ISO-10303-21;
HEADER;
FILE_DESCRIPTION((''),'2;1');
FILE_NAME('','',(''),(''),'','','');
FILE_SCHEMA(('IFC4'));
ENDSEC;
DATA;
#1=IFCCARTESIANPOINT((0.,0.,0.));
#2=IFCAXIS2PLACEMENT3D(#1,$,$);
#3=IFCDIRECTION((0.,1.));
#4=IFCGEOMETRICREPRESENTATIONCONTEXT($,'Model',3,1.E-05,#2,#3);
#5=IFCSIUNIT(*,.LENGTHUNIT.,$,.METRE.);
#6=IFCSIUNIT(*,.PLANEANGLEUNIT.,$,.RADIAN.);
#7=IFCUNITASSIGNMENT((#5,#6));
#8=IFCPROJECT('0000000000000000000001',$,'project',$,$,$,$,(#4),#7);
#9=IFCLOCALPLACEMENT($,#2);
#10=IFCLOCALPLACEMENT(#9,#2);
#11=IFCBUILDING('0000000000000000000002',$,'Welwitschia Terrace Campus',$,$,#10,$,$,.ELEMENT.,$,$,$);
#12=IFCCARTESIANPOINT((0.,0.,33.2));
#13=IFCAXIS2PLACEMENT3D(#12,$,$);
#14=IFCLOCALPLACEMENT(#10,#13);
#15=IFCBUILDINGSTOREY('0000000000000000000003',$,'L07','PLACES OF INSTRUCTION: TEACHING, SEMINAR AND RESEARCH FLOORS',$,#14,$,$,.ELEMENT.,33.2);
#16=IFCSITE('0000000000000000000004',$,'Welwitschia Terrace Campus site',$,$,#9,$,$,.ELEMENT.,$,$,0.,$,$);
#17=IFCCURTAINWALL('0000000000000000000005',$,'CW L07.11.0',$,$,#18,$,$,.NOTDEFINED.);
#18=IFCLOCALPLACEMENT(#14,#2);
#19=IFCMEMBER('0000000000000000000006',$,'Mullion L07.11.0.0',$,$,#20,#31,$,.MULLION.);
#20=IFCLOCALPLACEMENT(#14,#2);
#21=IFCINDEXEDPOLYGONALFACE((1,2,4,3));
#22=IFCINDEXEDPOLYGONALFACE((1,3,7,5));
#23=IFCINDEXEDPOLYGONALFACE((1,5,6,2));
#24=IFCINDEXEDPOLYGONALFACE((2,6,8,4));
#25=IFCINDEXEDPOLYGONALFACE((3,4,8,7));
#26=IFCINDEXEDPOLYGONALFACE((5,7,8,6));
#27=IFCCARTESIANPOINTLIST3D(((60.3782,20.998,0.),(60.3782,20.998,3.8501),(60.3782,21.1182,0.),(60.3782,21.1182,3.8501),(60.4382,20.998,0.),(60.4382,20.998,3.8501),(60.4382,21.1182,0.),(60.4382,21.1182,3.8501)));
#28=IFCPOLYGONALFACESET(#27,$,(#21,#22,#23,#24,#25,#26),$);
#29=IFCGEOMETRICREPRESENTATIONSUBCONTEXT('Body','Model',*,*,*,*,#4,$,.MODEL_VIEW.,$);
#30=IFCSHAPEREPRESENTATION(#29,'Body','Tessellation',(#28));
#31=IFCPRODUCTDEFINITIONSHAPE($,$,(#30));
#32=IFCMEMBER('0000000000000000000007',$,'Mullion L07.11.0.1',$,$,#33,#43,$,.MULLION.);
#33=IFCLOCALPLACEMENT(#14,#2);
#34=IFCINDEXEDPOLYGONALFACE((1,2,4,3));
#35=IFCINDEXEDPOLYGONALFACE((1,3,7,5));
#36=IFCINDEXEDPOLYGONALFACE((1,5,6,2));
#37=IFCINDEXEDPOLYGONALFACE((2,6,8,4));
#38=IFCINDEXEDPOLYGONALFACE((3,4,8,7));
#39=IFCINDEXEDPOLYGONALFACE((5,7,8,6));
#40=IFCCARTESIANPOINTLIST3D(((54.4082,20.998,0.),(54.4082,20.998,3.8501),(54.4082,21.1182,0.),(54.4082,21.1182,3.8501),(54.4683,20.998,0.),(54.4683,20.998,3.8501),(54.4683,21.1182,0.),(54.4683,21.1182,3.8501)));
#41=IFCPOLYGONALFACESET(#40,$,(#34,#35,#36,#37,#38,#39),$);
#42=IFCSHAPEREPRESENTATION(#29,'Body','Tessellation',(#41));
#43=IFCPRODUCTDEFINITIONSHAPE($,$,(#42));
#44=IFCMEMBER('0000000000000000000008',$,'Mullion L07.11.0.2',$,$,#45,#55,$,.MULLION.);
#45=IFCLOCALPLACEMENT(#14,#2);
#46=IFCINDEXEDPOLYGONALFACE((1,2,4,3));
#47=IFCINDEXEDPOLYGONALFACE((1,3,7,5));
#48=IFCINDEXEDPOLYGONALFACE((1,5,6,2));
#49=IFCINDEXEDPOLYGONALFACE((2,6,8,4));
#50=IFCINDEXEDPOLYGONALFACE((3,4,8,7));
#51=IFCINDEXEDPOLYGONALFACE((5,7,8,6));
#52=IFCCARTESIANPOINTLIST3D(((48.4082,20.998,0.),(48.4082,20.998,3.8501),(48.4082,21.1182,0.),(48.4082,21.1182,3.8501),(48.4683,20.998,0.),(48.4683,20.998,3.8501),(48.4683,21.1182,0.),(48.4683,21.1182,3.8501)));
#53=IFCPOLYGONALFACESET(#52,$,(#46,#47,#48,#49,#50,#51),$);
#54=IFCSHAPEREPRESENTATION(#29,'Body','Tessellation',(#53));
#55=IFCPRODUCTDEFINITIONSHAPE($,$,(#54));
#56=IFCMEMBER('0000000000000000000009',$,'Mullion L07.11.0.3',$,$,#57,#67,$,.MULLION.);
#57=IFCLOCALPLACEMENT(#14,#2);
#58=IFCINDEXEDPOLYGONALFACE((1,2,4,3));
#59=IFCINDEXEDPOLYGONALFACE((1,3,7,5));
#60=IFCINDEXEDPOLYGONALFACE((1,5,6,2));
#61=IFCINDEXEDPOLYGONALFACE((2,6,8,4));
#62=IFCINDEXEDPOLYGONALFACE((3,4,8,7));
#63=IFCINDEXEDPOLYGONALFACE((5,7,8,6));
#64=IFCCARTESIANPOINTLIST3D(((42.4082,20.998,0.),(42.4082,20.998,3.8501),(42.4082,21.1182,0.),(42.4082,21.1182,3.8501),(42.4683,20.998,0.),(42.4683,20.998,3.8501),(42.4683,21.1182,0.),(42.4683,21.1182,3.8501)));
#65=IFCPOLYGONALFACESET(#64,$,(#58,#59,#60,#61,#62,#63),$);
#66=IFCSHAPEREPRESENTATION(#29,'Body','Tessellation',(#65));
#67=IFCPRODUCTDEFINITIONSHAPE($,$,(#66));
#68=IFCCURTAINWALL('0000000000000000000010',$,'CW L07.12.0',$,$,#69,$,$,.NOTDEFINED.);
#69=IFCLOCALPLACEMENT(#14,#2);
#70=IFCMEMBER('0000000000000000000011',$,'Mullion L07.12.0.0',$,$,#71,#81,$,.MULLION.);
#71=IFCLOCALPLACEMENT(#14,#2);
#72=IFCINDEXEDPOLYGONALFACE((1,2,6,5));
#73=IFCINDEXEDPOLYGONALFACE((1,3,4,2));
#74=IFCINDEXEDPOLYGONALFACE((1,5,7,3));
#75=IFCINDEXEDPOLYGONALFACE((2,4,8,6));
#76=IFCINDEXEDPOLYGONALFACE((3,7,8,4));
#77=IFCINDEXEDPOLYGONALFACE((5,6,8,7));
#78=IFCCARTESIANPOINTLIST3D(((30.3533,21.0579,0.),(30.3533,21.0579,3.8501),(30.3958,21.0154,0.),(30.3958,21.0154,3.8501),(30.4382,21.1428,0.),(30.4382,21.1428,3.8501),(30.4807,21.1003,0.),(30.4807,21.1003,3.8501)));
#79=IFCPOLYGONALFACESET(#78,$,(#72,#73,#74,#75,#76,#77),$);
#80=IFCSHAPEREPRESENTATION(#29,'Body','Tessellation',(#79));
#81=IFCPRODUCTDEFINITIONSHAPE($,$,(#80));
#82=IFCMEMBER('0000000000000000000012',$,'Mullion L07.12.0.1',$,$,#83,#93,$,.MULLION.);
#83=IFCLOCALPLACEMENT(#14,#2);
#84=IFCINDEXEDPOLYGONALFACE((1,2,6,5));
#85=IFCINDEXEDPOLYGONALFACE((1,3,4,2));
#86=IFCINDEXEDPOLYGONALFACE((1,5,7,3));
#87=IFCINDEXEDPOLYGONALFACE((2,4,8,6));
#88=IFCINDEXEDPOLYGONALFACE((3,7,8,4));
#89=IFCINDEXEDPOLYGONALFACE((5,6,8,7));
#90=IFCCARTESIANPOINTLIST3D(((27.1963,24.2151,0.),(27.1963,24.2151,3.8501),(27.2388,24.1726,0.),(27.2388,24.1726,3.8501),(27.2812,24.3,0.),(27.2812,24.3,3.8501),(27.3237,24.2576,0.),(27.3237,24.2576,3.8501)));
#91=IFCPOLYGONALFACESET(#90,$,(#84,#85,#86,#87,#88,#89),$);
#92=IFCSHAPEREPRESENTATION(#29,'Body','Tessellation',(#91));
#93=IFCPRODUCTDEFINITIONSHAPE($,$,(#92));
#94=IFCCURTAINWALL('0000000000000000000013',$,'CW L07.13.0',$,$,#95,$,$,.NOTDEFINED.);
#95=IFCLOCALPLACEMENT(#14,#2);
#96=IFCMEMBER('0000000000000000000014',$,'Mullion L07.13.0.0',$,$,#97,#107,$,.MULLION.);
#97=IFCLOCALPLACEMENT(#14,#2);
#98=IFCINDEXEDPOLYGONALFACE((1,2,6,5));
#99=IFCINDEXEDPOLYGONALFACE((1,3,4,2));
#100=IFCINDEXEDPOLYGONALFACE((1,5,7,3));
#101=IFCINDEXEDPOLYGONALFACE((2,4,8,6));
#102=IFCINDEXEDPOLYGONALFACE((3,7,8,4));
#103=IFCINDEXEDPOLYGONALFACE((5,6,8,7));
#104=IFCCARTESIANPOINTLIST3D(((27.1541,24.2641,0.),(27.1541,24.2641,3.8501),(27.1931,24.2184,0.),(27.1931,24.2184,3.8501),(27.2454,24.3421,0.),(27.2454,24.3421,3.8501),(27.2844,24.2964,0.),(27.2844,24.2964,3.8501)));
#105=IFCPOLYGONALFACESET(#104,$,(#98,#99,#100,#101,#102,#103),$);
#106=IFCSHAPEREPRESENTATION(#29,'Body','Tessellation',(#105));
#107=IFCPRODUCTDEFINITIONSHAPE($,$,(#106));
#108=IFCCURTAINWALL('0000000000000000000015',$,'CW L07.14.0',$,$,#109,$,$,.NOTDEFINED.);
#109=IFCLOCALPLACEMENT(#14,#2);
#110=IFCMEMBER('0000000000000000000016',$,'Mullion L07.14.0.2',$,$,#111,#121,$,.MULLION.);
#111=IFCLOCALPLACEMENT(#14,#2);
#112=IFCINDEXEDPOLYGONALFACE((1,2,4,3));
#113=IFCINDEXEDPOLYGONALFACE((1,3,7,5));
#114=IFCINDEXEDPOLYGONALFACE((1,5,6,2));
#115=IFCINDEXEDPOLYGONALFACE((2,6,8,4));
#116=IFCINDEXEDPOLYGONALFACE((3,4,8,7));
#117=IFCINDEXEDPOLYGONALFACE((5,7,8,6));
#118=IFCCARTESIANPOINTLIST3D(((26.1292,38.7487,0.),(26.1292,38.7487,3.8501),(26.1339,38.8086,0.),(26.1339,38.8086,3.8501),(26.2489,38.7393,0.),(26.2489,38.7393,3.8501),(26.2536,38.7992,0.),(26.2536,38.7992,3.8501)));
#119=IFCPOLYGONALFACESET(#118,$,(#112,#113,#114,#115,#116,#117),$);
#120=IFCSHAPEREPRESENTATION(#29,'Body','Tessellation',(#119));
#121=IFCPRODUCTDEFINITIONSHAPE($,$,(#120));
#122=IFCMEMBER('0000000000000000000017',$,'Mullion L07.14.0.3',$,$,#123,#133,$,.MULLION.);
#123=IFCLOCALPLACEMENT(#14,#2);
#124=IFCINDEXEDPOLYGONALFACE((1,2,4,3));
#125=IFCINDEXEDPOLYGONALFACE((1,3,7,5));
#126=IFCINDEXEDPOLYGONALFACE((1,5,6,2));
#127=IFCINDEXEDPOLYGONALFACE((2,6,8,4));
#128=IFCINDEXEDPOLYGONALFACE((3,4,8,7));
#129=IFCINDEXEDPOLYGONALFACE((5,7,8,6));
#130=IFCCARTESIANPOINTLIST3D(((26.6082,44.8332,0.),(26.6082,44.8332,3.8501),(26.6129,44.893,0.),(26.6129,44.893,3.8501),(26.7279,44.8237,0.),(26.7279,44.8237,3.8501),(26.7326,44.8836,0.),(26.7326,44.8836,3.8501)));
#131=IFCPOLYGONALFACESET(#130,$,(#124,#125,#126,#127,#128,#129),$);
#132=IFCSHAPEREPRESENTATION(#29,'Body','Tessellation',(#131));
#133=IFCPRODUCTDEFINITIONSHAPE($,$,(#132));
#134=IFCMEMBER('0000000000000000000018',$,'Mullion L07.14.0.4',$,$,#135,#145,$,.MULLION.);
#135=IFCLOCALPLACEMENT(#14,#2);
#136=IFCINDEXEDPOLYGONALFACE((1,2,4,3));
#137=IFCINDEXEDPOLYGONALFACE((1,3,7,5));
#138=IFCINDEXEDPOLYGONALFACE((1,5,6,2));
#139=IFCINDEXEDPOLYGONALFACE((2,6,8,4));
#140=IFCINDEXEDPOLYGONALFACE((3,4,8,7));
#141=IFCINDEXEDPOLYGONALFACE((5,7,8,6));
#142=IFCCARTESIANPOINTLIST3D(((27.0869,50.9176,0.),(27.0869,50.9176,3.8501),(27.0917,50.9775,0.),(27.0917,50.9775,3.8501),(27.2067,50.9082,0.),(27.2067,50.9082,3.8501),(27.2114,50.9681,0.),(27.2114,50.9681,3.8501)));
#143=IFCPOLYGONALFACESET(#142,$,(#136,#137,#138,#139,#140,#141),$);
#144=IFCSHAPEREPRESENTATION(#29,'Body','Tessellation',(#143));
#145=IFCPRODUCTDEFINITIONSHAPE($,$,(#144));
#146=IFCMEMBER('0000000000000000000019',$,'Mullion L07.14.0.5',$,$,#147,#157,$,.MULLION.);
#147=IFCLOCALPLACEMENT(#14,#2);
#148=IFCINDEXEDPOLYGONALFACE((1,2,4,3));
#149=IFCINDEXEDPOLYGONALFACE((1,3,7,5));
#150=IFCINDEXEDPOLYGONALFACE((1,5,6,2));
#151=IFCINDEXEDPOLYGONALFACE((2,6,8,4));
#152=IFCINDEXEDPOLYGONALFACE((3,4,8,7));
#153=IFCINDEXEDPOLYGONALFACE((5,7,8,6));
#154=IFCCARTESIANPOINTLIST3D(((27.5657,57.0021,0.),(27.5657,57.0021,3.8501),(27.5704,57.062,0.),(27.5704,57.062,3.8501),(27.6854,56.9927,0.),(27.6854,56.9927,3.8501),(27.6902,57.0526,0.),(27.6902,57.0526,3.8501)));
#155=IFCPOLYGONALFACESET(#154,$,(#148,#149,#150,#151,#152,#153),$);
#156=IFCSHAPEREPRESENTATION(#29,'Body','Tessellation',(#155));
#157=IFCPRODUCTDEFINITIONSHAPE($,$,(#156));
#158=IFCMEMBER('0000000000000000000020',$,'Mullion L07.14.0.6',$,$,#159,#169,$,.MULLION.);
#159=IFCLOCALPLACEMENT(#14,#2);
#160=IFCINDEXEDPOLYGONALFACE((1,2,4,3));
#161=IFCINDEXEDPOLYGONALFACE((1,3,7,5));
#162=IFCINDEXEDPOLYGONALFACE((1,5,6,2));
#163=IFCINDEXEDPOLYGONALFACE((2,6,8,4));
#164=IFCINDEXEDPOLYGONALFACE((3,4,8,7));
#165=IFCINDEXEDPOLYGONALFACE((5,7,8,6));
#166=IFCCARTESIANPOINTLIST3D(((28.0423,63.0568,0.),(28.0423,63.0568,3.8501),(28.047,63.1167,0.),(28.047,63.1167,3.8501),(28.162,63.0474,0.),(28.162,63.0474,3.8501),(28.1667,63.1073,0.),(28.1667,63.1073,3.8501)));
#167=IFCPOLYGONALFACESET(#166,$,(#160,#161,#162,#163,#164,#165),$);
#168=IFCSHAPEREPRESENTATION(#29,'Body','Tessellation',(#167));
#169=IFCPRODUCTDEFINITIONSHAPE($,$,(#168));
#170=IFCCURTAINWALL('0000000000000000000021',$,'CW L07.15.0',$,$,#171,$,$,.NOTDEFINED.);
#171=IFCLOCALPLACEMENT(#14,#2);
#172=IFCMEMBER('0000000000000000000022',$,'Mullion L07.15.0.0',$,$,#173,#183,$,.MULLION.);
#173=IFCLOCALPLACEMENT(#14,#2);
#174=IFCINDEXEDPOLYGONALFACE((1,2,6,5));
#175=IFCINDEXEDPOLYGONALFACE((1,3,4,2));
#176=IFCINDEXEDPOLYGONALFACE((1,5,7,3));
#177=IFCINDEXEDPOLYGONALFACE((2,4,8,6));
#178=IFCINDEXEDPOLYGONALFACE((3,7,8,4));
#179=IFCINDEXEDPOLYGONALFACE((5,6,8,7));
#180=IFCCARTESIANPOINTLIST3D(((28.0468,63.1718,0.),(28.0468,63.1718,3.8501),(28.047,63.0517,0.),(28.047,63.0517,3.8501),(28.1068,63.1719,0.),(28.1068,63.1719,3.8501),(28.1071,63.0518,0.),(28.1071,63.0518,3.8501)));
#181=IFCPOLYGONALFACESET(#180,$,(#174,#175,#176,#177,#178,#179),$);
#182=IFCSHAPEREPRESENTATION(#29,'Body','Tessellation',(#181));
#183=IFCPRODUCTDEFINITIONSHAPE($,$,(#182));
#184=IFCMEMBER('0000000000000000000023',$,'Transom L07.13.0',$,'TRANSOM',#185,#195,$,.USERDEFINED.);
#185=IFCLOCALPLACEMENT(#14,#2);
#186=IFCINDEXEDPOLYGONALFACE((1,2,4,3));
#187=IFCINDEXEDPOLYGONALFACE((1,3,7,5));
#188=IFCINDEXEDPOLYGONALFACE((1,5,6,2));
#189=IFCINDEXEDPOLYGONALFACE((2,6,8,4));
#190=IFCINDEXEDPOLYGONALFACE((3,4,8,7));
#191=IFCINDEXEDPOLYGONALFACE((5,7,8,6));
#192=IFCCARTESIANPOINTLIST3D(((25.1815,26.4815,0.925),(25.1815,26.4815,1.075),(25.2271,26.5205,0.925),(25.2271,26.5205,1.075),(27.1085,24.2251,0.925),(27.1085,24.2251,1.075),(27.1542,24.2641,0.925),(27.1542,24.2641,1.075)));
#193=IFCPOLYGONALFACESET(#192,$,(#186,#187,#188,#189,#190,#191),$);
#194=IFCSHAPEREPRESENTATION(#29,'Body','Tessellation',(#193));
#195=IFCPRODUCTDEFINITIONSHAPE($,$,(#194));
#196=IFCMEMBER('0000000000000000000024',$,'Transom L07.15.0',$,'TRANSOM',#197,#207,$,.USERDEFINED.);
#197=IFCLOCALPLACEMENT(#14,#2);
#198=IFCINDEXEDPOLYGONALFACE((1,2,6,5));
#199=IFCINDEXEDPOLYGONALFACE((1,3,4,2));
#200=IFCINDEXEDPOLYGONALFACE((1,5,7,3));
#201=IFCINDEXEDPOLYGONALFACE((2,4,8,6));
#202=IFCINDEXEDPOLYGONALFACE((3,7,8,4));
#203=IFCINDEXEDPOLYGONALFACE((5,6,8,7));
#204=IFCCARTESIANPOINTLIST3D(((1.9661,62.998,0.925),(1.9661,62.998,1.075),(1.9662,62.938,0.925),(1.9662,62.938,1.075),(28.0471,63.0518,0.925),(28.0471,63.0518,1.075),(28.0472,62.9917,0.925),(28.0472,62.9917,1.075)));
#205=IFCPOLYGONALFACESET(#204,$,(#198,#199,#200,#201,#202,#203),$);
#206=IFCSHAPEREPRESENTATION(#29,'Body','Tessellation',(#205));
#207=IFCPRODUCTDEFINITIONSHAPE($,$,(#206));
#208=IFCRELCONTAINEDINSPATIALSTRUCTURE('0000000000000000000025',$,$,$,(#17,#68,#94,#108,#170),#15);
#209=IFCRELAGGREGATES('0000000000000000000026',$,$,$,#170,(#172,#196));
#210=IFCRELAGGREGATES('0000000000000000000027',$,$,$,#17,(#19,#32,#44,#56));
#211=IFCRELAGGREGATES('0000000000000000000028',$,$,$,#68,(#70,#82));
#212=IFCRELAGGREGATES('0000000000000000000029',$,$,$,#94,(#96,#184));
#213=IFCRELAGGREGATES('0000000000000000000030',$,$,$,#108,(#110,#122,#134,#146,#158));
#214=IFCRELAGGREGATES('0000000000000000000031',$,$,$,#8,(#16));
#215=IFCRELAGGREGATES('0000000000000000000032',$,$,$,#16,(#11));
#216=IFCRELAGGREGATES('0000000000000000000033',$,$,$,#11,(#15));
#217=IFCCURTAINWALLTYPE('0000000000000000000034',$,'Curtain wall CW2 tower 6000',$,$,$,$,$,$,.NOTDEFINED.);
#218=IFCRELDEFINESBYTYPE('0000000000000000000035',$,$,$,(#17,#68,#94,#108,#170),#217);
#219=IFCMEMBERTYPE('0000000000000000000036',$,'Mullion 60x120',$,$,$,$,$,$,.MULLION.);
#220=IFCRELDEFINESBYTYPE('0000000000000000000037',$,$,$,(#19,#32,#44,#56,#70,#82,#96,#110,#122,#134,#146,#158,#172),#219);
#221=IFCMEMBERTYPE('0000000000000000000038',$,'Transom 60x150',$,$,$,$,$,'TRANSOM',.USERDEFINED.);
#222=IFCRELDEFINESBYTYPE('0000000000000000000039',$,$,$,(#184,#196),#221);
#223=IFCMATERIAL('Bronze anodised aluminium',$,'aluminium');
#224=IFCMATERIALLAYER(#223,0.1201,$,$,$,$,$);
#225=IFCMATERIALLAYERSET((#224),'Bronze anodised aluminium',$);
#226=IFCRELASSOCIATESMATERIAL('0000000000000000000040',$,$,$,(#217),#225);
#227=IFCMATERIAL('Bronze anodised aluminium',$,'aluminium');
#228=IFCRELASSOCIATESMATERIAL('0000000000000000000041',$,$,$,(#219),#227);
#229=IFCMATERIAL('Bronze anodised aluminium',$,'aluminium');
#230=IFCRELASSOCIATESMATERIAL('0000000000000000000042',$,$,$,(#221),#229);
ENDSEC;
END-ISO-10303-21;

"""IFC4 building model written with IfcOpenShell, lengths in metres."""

from ifc_helpers import new_model, si_unit, direction, frame, origin, origin_2d, place, context, subcontext, project, spatial, rectangle, extrude, material, layer, layer_set, material_profile, profile_set, type_object, element, aggregate, save


model = new_model("IFC4")

# Units and contexts
model_context = context("Model", 3, precision=1e-05, world=origin(), true_north=direction((0.0, 1.0)))
body_context = subcontext(model_context, "Body", "Model", "MODEL_VIEW")
ifc_project = project(units=[si_unit("LENGTHUNIT", "METRE"), si_unit("PLANEANGLEUNIT", "RADIAN")], contexts=[model_context])

# Site, building, storey
site_placement = place(None, origin())
site = spatial("IfcSite", under=ifc_project, at=site_placement, Name="Welwitschia Terrace Campus site", CompositionType="ELEMENT", RefElevation=0.0)
building_placement = place(site_placement, origin())
building = spatial("IfcBuilding", under=site, at=building_placement, Name="Welwitschia Terrace Campus", CompositionType="ELEMENT")
storey_placement = place(building_placement, frame((0.0, 0.0, 33.2)))
storey = spatial("IfcBuildingStorey", under=building, at=storey_placement, Name="L07", Description="PLACES OF INSTRUCTION: TEACHING, SEMINAR AND RESEARCH FLOORS", CompositionType="ELEMENT", Elevation=33.2)

# Curtain walls, members
ifc_material_1 = material(Name="Bronze anodised aluminium", Category="aluminium")
ifc_layer_1 = layer(ifc_material_1, 0.1201)
ifc_layer_set_1 = layer_set([ifc_layer_1], Name="Bronze anodised aluminium")
curtain_wall_type = type_object("IfcCurtainWallType", Name="Curtain wall CW2 tower 6000", PredefinedType="NOTDEFINED", material=ifc_layer_set_1)
curtain_wall_1_placement = place(storey_placement, origin())
curtain_wall_1 = element("IfcCurtainWall", 1, at=curtain_wall_1_placement, inside=storey, type_object=curtain_wall_type, Name="CW L07.11.0", PredefinedType="NOTDEFINED")
ifc_material_2 = material(Name="Bronze anodised aluminium", Category="aluminium")
ifc_material_profile_1 = material_profile(ifc_material_2, rectangle(XDim=0.1201, YDim=0.0601, at=origin_2d()))
ifc_profile_set_1 = profile_set([ifc_material_profile_1], Name="Bronze anodised aluminium")
member_type_1 = type_object("IfcMemberType", Name="Mullion 60x120", PredefinedType="MULLION", material=ifc_profile_set_1)
member_1_placement = place(storey_placement, frame((60.4082, 21.0581, 0.0), z_axis=(0.0, 0.0, 1.0), x_axis=(0.0, -1.0, 0.0)))
member_1 = element("IfcMember", 2, at=member_1_placement, type_object=member_type_1, Name="Mullion L07.11.0.0", PredefinedType="MULLION", context=body_context, shape_type="SweptSolid", body=[
    extrude(rectangle(XDim=0.1201, YDim=0.0601, at=origin_2d()), origin(), (0.0, 0.0, 1.0), 3.8501),
])
member_2_placement = place(storey_placement, frame((54.4382, 21.0581, 0.0), z_axis=(0.0, 0.0, 1.0), x_axis=(0.0, -1.0, 0.0)))
member_2 = element("IfcMember", 3, at=member_2_placement, type_object=member_type_1, Name="Mullion L07.11.0.1", PredefinedType="MULLION", context=body_context, shape_type="SweptSolid", body=[
    extrude(rectangle(XDim=0.1201, YDim=0.0601, at=origin_2d()), origin(), (0.0, 0.0, 1.0), 3.8501),
])
member_3_placement = place(storey_placement, frame((48.4382, 21.0581, 0.0), z_axis=(0.0, 0.0, 1.0), x_axis=(0.0, -1.0, 0.0)))
member_3 = element("IfcMember", 4, at=member_3_placement, type_object=member_type_1, Name="Mullion L07.11.0.2", PredefinedType="MULLION", context=body_context, shape_type="SweptSolid", body=[
    extrude(rectangle(XDim=0.1201, YDim=0.0601, at=origin_2d()), origin(), (0.0, 0.0, 1.0), 3.8501),
])
member_4_placement = place(storey_placement, frame((42.4382, 21.0581, 0.0), z_axis=(0.0, 0.0, 1.0), x_axis=(0.0, -1.0, 0.0)))
member_4 = element("IfcMember", 5, at=member_4_placement, type_object=member_type_1, Name="Mullion L07.11.0.3", PredefinedType="MULLION", context=body_context, shape_type="SweptSolid", body=[
    extrude(rectangle(XDim=0.1201, YDim=0.0601, at=origin_2d()), origin(), (0.0, 0.0, 1.0), 3.8501),
])
curtain_wall_2_placement = place(storey_placement, origin())
curtain_wall_2 = element("IfcCurtainWall", 6, at=curtain_wall_2_placement, inside=storey, type_object=curtain_wall_type, Name="CW L07.12.0", PredefinedType="NOTDEFINED")
member_5_placement = place(storey_placement, frame((30.417, 21.0791, 0.0), z_axis=(0.0, 0.0, 1.0), x_axis=(-0.707107, -0.707107, 0.0)))
member_5 = element("IfcMember", 7, at=member_5_placement, type_object=member_type_1, Name="Mullion L07.12.0.0", PredefinedType="MULLION", context=body_context, shape_type="SweptSolid", body=[
    extrude(rectangle(XDim=0.1201, YDim=0.0601, at=origin_2d()), origin(), (0.0, 0.0, 1.0), 3.8501),
])
member_6_placement = place(storey_placement, frame((27.26, 24.2363, 0.0), z_axis=(0.0, 0.0, 1.0), x_axis=(-0.707107, -0.707107, 0.0)))
member_6 = element("IfcMember", 8, at=member_6_placement, type_object=member_type_1, Name="Mullion L07.12.0.1", PredefinedType="MULLION", context=body_context, shape_type="SweptSolid", body=[
    extrude(rectangle(XDim=0.1201, YDim=0.0601, at=origin_2d()), origin(), (0.0, 0.0, 1.0), 3.8501),
])

# Curtain wall, member
curtain_wall_3_placement = place(storey_placement, origin())
curtain_wall_3 = element("IfcCurtainWall", 9, at=curtain_wall_3_placement, inside=storey, type_object=curtain_wall_type, Name="CW L07.13.0", PredefinedType="NOTDEFINED")
member_7_placement = place(storey_placement, frame((27.2192, 24.2803, 0.0), z_axis=(0.0, 0.0, 1.0), x_axis=(-0.760406, -0.649448, 0.0)))
member_7 = element("IfcMember", 10, at=member_7_placement, type_object=member_type_1, Name="Mullion L07.13.0.0", PredefinedType="MULLION", context=body_context, shape_type="SweptSolid", body=[
    extrude(rectangle(XDim=0.1201, YDim=0.0601, at=origin_2d()), origin(), (0.0, 0.0, 1.0), 3.8501),
])

# Curtain wall, members
curtain_wall_4_placement = place(storey_placement, origin())
curtain_wall_4 = element("IfcCurtainWall", 11, at=curtain_wall_4_placement, inside=storey, type_object=curtain_wall_type, Name="CW L07.14.0", PredefinedType="NOTDEFINED")
member_8_placement = place(storey_placement, frame((26.1914, 38.7739, 0.0), z_axis=(0.0, 0.0, 1.0), x_axis=(-0.996917, 0.078459, 0.0)))
member_8 = element("IfcMember", 12, at=member_8_placement, type_object=member_type_1, Name="Mullion L07.14.0.2", PredefinedType="MULLION", context=body_context, shape_type="SweptSolid", body=[
    extrude(rectangle(XDim=0.1201, YDim=0.0601, at=origin_2d()), origin(), (0.0, 0.0, 1.0), 3.8501),
])
member_9_placement = place(storey_placement, frame((26.6704, 44.8584, 0.0), z_axis=(0.0, 0.0, 1.0), x_axis=(-0.996917, 0.078459, 0.0)))
member_9 = element("IfcMember", 13, at=member_9_placement, type_object=member_type_1, Name="Mullion L07.14.0.3", PredefinedType="MULLION", context=body_context, shape_type="SweptSolid", body=[
    extrude(rectangle(XDim=0.1201, YDim=0.0601, at=origin_2d()), origin(), (0.0, 0.0, 1.0), 3.8501),
])
member_10_placement = place(storey_placement, frame((27.1492, 50.9429, 0.0), z_axis=(0.0, 0.0, 1.0), x_axis=(-0.996917, 0.078459, 0.0)))
member_10 = element("IfcMember", 14, at=member_10_placement, type_object=member_type_1, Name="Mullion L07.14.0.4", PredefinedType="MULLION", context=body_context, shape_type="SweptSolid", body=[
    extrude(rectangle(XDim=0.1201, YDim=0.0601, at=origin_2d()), origin(), (0.0, 0.0, 1.0), 3.8501),
])
member_11_placement = place(storey_placement, frame((27.6279, 57.0273, 0.0), z_axis=(0.0, 0.0, 1.0), x_axis=(-0.996917, 0.078459, 0.0)))
member_11 = element("IfcMember", 15, at=member_11_placement, type_object=member_type_1, Name="Mullion L07.14.0.5", PredefinedType="MULLION", context=body_context, shape_type="SweptSolid", body=[
    extrude(rectangle(XDim=0.1201, YDim=0.0601, at=origin_2d()), origin(), (0.0, 0.0, 1.0), 3.8501),
])
member_12_placement = place(storey_placement, frame((28.1045, 63.082, 0.0), z_axis=(0.0, 0.0, 1.0), x_axis=(-0.996917, 0.078459, 0.0)))
member_12 = element("IfcMember", 16, at=member_12_placement, type_object=member_type_1, Name="Mullion L07.14.0.6", PredefinedType="MULLION", context=body_context, shape_type="SweptSolid", body=[
    extrude(rectangle(XDim=0.1201, YDim=0.0601, at=origin_2d()), origin(), (0.0, 0.0, 1.0), 3.8501),
])

# Curtain wall, member
curtain_wall_5_placement = place(storey_placement, origin())
curtain_wall_5 = element("IfcCurtainWall", 17, at=curtain_wall_5_placement, inside=storey, type_object=curtain_wall_type, Name="CW L07.15.0", PredefinedType="NOTDEFINED")
member_13_placement = place(storey_placement, frame((28.0769, 63.1118, 0.0), z_axis=(0.0, 0.0, 1.0), x_axis=(0.002058, -0.999998, 0.0)))
member_13 = element("IfcMember", 18, at=member_13_placement, type_object=member_type_1, Name="Mullion L07.15.0.0", PredefinedType="MULLION", context=body_context, shape_type="SweptSolid", body=[
    extrude(rectangle(XDim=0.1201, YDim=0.0601, at=origin_2d()), origin(), (0.0, 0.0, 1.0), 3.8501),
])

# Members
ifc_material_3 = material(Name="Bronze anodised aluminium", Category="aluminium")
ifc_material_profile_2 = material_profile(ifc_material_3, rectangle(XDim=0.0601, YDim=0.1499, at=origin_2d()))
ifc_profile_set_2 = profile_set([ifc_material_profile_2], Name="Bronze anodised aluminium")
member_type_2 = type_object("IfcMemberType", Name="Transom 60x150", ElementType="TRANSOM", PredefinedType="USERDEFINED", material=ifc_profile_set_2)
member_14_placement = place(storey_placement, frame((27.1313, 24.2446, 1.0), z_axis=(-0.649428, 0.760423, 0.0), x_axis=(-0.760423, -0.649428, 0.0)))
member_14 = element("IfcMember", 19, at=member_14_placement, type_object=member_type_2, Name="Transom L07.13.0", ObjectType="TRANSOM", PredefinedType="USERDEFINED", context=body_context, shape_type="SweptSolid", body=[
    extrude(rectangle(XDim=0.0601, YDim=0.1499, at=origin_2d()), origin(), (0.0, 0.0, 1.0), 2.9673),
])
member_15_placement = place(storey_placement, frame((28.0471, 63.0217, 1.0), z_axis=(-0.999998, -0.002059, 0.0), x_axis=(0.002059, -0.999998, 0.0)))
member_15 = element("IfcMember", 20, at=member_15_placement, type_object=member_type_2, Name="Transom L07.15.0", ObjectType="TRANSOM", PredefinedType="USERDEFINED", context=body_context, shape_type="SweptSolid", body=[
    extrude(rectangle(XDim=0.0601, YDim=0.1499, at=origin_2d()), origin(), (0.0, 0.0, 1.0), 26.0811),
])
aggregate(curtain_wall_5, [member_13, member_15])

aggregate(curtain_wall_1, [member_1, member_2, member_3, member_4])
aggregate(curtain_wall_2, [member_5, member_6])
aggregate(curtain_wall_3, [member_7, member_14])
aggregate(curtain_wall_4, [member_8, member_9, member_10, member_11, member_12])

save(model, "model.ifc")
